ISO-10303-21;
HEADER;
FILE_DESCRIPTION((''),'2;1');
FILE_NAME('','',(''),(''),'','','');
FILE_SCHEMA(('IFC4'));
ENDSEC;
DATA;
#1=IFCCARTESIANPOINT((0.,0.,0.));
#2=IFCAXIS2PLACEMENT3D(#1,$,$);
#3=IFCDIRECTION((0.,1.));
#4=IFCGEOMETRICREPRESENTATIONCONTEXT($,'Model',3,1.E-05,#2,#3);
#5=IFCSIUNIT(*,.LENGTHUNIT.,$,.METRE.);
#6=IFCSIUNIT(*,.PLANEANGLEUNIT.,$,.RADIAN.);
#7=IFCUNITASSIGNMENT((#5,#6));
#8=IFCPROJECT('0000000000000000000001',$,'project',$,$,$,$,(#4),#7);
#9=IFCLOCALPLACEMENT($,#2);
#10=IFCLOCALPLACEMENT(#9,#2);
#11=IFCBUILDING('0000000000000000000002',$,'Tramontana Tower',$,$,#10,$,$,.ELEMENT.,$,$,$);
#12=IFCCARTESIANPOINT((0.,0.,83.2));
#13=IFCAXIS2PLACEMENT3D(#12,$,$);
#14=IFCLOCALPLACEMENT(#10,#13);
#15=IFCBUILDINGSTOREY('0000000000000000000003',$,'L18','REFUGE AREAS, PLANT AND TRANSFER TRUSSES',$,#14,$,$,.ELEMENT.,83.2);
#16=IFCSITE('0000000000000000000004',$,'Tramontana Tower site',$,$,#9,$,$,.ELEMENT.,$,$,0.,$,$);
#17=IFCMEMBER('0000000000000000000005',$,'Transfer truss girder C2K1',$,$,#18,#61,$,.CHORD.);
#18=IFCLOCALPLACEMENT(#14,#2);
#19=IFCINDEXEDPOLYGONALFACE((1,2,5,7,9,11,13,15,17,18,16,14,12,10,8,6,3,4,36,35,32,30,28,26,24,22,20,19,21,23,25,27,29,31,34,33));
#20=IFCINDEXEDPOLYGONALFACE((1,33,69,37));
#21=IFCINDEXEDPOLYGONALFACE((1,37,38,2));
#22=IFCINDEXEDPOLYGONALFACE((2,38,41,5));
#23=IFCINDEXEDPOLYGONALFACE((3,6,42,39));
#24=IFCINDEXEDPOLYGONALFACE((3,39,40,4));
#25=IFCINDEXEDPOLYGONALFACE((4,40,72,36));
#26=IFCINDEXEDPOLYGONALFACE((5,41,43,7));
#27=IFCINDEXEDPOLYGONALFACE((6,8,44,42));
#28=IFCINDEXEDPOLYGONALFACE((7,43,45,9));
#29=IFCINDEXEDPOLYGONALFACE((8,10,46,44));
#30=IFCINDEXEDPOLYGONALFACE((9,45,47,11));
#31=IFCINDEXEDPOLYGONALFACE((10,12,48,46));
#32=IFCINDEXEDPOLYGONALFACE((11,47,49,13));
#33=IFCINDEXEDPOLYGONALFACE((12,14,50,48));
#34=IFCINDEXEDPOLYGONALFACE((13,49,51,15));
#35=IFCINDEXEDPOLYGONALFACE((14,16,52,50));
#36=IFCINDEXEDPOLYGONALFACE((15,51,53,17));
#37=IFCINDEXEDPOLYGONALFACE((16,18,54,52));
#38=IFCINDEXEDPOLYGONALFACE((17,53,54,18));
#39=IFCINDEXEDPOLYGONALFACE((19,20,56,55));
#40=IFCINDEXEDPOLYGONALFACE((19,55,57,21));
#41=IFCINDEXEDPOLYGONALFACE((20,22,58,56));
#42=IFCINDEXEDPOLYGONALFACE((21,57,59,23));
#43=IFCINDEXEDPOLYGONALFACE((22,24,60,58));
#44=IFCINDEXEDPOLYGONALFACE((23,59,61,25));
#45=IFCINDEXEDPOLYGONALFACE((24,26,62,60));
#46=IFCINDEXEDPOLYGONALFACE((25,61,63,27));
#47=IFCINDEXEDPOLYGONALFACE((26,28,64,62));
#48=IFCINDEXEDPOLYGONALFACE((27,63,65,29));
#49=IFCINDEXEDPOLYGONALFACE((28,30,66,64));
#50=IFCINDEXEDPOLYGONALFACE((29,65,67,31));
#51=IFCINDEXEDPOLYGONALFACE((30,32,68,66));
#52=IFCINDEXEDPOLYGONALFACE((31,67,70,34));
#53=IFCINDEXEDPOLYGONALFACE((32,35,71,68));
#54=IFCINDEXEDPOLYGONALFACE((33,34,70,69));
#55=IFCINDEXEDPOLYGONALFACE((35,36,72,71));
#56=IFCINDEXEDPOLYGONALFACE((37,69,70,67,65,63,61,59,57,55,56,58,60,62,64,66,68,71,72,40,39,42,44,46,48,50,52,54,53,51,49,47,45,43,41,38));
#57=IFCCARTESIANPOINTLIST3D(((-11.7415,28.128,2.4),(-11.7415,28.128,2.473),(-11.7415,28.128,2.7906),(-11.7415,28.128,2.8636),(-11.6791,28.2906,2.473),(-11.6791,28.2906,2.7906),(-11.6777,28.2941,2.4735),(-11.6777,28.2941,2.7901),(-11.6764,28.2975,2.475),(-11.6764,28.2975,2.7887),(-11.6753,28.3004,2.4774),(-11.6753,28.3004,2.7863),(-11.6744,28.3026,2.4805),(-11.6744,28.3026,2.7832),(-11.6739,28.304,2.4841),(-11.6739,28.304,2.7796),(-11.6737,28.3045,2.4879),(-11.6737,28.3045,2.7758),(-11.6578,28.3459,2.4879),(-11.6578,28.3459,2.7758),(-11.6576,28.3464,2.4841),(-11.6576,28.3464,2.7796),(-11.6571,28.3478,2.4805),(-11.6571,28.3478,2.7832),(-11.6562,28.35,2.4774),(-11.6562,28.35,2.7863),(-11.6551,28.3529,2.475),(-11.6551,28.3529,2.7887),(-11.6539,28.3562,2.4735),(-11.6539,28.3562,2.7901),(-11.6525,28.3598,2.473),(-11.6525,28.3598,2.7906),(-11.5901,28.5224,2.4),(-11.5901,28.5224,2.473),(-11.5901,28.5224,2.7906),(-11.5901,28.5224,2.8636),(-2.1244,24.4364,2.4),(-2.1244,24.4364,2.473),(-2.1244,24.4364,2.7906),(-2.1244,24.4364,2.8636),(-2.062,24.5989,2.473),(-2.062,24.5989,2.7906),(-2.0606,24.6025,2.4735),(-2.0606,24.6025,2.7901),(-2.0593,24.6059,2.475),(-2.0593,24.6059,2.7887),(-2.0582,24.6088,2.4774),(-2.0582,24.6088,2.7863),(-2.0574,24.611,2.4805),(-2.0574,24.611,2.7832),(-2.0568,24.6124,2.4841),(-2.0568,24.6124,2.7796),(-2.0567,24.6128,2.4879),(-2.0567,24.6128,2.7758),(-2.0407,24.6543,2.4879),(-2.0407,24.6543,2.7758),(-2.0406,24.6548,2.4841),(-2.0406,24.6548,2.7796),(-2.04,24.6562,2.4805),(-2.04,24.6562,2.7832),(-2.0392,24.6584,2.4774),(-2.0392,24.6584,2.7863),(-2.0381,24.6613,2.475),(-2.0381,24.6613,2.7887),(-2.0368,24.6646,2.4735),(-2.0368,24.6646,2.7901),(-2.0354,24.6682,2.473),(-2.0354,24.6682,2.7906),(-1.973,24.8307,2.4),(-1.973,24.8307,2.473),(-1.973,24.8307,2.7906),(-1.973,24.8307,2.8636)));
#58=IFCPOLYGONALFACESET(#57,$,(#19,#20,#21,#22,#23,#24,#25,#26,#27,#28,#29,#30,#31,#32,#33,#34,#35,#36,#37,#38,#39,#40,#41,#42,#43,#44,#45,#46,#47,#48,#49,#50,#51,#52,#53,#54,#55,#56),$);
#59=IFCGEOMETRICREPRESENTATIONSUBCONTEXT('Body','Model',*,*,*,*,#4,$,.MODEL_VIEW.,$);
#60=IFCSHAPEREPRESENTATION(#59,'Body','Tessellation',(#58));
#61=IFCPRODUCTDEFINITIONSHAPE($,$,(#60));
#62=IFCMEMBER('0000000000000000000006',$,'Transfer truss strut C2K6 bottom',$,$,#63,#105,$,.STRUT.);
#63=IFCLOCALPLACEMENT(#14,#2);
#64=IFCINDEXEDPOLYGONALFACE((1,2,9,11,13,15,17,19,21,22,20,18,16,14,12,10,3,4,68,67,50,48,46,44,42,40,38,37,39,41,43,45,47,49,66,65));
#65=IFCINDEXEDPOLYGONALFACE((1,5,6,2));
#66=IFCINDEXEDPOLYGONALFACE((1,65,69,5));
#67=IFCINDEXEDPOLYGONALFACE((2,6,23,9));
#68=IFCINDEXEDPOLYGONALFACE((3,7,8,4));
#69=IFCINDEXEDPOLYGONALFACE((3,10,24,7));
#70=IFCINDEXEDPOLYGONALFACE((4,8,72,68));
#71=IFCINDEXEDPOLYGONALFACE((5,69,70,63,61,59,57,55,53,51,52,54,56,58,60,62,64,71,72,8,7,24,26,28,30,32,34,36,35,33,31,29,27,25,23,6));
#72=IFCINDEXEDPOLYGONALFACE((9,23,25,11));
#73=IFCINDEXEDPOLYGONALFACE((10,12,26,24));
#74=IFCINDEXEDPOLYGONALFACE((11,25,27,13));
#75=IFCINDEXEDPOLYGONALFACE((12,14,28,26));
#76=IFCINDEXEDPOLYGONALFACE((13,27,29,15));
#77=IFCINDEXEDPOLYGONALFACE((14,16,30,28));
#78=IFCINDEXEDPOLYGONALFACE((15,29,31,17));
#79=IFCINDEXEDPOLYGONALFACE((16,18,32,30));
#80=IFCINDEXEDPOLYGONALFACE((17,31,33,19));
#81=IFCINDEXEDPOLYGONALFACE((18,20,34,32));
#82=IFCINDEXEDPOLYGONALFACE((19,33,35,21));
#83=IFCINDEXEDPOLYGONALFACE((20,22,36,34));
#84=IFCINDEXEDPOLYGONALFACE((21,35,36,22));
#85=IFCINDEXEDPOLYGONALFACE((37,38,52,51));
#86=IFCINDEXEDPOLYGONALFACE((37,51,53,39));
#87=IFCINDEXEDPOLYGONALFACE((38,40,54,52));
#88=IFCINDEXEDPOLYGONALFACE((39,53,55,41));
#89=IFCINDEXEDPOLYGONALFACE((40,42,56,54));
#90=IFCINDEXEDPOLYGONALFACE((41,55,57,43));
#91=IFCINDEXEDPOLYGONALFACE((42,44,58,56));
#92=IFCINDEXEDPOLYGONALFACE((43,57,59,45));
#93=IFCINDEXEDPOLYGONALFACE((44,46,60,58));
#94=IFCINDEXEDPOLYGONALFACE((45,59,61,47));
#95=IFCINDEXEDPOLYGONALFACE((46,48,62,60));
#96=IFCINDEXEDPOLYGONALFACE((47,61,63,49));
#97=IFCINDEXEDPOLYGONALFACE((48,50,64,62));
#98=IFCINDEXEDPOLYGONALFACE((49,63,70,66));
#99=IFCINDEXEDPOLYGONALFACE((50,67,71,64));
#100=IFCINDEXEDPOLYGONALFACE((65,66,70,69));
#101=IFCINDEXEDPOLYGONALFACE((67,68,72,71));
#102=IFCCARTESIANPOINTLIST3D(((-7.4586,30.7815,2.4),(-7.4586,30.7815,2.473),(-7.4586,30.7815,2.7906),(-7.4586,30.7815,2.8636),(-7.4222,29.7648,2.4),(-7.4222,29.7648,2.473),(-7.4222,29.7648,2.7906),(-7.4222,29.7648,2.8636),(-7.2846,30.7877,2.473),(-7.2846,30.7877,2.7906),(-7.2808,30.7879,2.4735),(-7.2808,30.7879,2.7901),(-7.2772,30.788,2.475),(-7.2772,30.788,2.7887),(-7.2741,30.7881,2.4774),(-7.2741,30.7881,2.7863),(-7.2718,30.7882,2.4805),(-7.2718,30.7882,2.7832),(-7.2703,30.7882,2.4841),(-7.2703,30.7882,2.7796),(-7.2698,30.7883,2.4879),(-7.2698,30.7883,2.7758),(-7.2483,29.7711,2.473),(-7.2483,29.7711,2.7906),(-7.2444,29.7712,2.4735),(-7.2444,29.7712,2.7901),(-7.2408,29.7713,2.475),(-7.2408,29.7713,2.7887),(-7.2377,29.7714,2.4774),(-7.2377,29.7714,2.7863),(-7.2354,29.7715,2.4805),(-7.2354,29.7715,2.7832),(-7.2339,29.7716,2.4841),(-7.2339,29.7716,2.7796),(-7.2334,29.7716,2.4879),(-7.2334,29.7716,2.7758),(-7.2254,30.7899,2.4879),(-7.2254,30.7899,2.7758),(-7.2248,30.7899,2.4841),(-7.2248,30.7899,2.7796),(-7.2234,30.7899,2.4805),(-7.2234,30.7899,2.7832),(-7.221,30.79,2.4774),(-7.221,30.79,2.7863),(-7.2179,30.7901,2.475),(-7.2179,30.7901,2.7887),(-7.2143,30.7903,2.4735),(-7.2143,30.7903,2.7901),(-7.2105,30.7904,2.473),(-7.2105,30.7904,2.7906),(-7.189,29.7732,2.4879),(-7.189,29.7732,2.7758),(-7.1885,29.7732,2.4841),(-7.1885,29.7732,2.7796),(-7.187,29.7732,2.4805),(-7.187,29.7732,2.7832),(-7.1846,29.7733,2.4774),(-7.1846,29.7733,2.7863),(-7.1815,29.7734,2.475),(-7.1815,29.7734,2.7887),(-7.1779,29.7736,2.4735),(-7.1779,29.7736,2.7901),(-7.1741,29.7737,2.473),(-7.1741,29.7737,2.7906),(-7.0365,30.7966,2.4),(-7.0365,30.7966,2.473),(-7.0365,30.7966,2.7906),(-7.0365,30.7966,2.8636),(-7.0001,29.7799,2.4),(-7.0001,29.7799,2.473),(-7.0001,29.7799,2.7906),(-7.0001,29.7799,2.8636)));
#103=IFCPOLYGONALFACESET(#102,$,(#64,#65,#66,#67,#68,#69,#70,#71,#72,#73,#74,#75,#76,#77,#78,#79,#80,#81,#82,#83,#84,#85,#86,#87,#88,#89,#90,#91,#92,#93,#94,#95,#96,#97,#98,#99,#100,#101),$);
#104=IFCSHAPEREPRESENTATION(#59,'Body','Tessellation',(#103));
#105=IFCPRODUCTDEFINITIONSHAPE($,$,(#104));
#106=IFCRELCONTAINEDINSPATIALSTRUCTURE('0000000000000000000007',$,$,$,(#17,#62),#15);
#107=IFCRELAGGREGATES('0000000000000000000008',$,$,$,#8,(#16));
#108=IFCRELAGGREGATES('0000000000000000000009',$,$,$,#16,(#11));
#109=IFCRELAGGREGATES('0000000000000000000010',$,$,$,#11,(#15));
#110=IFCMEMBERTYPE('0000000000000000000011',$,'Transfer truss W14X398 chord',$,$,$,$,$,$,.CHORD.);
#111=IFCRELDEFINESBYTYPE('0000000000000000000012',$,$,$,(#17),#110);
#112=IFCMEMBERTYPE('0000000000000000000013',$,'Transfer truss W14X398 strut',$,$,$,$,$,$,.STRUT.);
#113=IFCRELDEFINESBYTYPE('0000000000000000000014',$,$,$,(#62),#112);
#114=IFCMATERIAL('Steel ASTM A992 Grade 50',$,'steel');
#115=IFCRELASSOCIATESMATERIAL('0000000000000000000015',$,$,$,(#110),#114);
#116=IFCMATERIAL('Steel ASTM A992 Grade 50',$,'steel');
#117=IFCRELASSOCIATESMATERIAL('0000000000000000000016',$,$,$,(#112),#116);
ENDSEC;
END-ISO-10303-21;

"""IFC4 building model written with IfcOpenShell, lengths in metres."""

from ifc_helpers import new_model, si_unit, direction, frame, origin, origin_2d, place, context, subcontext, project, spatial, i_section, extrude, material, material_profile, profile_set, type_object, element, save


model = new_model("IFC4")

# Units and contexts
model_context = context("Model", 3, precision=1e-05, world=origin(), true_north=direction((0.0, 1.0)))
body_context = subcontext(model_context, "Body", "Model", "MODEL_VIEW")
ifc_project = project(units=[si_unit("LENGTHUNIT", "METRE"), si_unit("PLANEANGLEUNIT", "RADIAN")], contexts=[model_context])

# Site, building, storey
site_placement = place(None, origin())
site = spatial("IfcSite", under=ifc_project, at=site_placement, Name="Tramontana Tower site", CompositionType="ELEMENT", RefElevation=0.0)
building_placement = place(site_placement, origin())
building = spatial("IfcBuilding", under=site, at=building_placement, Name="Tramontana Tower", CompositionType="ELEMENT")
storey_placement = place(building_placement, frame((0.0, 0.0, 83.2)))
storey = spatial("IfcBuildingStorey", under=building, at=storey_placement, Name="L18", Description="REFUGE AREAS, PLANT AND TRANSFER TRUSSES", CompositionType="ELEMENT", Elevation=83.2)

# Members
ifc_material_1 = material(Name="Steel ASTM A992 Grade 50", Category="steel")
ifc_material_profile_1 = material_profile(ifc_material_1, i_section(OverallWidth=0.4224, OverallDepth=0.4636, WebThickness=0.0444, FlangeThickness=0.073, FilletRadius=0.0149, at=origin_2d()), Name="W14X398")
ifc_profile_set_1 = profile_set([ifc_material_profile_1], Name="Steel ASTM A992 Grade 50")
member_type_1 = type_object("IfcMemberType", Name="Transfer truss W14X398 chord", PredefinedType="CHORD", material=ifc_profile_set_1)
member_1_placement = place(storey_placement, frame((-11.6658, 28.3252, 2.6318), z_axis=(0.933582, -0.358364, 0.0), x_axis=(0.358364, 0.933582, 0.0)))
element("IfcMember", 1, at=member_1_placement, inside=storey, type_object=member_type_1, Name="Transfer truss girder C2K1", PredefinedType="CHORD", context=body_context, shape_type="SweptSolid", body=[
    extrude(i_section(OverallWidth=0.4224, OverallDepth=0.4636, WebThickness=0.0444, FlangeThickness=0.073, FilletRadius=0.0149, at=origin_2d()), origin(), (0.0, 0.0, 1.0), 10.3013),
])
ifc_material_2 = material(Name="Steel ASTM A992 Grade 50", Category="steel")
ifc_material_profile_2 = material_profile(ifc_material_2, i_section(OverallWidth=0.4224, OverallDepth=0.4636, WebThickness=0.0444, FlangeThickness=0.073, FilletRadius=0.0149, at=origin_2d()), Name="W14X398")
ifc_profile_set_2 = profile_set([ifc_material_profile_2], Name="Steel ASTM A992 Grade 50")
member_type_2 = type_object("IfcMemberType", Name="Transfer truss W14X398 strut", PredefinedType="STRUT", material=ifc_profile_set_2)
member_2_placement = place(storey_placement, frame((-7.2476, 30.7891, 2.6318), z_axis=(0.03576, -0.99936, 0.0), x_axis=(0.99936, 0.03576, 0.0)))
element("IfcMember", 2, at=member_2_placement, inside=storey, type_object=member_type_2, Name="Transfer truss strut C2K6 bottom", PredefinedType="STRUT", context=body_context, shape_type="SweptSolid", body=[
    extrude(i_section(OverallWidth=0.4224, OverallDepth=0.4636, WebThickness=0.0444, FlangeThickness=0.073, FilletRadius=0.0149, at=origin_2d()), origin(), (0.0, 0.0, 1.0), 1.0173),
])

save(model, "model.ifc")
